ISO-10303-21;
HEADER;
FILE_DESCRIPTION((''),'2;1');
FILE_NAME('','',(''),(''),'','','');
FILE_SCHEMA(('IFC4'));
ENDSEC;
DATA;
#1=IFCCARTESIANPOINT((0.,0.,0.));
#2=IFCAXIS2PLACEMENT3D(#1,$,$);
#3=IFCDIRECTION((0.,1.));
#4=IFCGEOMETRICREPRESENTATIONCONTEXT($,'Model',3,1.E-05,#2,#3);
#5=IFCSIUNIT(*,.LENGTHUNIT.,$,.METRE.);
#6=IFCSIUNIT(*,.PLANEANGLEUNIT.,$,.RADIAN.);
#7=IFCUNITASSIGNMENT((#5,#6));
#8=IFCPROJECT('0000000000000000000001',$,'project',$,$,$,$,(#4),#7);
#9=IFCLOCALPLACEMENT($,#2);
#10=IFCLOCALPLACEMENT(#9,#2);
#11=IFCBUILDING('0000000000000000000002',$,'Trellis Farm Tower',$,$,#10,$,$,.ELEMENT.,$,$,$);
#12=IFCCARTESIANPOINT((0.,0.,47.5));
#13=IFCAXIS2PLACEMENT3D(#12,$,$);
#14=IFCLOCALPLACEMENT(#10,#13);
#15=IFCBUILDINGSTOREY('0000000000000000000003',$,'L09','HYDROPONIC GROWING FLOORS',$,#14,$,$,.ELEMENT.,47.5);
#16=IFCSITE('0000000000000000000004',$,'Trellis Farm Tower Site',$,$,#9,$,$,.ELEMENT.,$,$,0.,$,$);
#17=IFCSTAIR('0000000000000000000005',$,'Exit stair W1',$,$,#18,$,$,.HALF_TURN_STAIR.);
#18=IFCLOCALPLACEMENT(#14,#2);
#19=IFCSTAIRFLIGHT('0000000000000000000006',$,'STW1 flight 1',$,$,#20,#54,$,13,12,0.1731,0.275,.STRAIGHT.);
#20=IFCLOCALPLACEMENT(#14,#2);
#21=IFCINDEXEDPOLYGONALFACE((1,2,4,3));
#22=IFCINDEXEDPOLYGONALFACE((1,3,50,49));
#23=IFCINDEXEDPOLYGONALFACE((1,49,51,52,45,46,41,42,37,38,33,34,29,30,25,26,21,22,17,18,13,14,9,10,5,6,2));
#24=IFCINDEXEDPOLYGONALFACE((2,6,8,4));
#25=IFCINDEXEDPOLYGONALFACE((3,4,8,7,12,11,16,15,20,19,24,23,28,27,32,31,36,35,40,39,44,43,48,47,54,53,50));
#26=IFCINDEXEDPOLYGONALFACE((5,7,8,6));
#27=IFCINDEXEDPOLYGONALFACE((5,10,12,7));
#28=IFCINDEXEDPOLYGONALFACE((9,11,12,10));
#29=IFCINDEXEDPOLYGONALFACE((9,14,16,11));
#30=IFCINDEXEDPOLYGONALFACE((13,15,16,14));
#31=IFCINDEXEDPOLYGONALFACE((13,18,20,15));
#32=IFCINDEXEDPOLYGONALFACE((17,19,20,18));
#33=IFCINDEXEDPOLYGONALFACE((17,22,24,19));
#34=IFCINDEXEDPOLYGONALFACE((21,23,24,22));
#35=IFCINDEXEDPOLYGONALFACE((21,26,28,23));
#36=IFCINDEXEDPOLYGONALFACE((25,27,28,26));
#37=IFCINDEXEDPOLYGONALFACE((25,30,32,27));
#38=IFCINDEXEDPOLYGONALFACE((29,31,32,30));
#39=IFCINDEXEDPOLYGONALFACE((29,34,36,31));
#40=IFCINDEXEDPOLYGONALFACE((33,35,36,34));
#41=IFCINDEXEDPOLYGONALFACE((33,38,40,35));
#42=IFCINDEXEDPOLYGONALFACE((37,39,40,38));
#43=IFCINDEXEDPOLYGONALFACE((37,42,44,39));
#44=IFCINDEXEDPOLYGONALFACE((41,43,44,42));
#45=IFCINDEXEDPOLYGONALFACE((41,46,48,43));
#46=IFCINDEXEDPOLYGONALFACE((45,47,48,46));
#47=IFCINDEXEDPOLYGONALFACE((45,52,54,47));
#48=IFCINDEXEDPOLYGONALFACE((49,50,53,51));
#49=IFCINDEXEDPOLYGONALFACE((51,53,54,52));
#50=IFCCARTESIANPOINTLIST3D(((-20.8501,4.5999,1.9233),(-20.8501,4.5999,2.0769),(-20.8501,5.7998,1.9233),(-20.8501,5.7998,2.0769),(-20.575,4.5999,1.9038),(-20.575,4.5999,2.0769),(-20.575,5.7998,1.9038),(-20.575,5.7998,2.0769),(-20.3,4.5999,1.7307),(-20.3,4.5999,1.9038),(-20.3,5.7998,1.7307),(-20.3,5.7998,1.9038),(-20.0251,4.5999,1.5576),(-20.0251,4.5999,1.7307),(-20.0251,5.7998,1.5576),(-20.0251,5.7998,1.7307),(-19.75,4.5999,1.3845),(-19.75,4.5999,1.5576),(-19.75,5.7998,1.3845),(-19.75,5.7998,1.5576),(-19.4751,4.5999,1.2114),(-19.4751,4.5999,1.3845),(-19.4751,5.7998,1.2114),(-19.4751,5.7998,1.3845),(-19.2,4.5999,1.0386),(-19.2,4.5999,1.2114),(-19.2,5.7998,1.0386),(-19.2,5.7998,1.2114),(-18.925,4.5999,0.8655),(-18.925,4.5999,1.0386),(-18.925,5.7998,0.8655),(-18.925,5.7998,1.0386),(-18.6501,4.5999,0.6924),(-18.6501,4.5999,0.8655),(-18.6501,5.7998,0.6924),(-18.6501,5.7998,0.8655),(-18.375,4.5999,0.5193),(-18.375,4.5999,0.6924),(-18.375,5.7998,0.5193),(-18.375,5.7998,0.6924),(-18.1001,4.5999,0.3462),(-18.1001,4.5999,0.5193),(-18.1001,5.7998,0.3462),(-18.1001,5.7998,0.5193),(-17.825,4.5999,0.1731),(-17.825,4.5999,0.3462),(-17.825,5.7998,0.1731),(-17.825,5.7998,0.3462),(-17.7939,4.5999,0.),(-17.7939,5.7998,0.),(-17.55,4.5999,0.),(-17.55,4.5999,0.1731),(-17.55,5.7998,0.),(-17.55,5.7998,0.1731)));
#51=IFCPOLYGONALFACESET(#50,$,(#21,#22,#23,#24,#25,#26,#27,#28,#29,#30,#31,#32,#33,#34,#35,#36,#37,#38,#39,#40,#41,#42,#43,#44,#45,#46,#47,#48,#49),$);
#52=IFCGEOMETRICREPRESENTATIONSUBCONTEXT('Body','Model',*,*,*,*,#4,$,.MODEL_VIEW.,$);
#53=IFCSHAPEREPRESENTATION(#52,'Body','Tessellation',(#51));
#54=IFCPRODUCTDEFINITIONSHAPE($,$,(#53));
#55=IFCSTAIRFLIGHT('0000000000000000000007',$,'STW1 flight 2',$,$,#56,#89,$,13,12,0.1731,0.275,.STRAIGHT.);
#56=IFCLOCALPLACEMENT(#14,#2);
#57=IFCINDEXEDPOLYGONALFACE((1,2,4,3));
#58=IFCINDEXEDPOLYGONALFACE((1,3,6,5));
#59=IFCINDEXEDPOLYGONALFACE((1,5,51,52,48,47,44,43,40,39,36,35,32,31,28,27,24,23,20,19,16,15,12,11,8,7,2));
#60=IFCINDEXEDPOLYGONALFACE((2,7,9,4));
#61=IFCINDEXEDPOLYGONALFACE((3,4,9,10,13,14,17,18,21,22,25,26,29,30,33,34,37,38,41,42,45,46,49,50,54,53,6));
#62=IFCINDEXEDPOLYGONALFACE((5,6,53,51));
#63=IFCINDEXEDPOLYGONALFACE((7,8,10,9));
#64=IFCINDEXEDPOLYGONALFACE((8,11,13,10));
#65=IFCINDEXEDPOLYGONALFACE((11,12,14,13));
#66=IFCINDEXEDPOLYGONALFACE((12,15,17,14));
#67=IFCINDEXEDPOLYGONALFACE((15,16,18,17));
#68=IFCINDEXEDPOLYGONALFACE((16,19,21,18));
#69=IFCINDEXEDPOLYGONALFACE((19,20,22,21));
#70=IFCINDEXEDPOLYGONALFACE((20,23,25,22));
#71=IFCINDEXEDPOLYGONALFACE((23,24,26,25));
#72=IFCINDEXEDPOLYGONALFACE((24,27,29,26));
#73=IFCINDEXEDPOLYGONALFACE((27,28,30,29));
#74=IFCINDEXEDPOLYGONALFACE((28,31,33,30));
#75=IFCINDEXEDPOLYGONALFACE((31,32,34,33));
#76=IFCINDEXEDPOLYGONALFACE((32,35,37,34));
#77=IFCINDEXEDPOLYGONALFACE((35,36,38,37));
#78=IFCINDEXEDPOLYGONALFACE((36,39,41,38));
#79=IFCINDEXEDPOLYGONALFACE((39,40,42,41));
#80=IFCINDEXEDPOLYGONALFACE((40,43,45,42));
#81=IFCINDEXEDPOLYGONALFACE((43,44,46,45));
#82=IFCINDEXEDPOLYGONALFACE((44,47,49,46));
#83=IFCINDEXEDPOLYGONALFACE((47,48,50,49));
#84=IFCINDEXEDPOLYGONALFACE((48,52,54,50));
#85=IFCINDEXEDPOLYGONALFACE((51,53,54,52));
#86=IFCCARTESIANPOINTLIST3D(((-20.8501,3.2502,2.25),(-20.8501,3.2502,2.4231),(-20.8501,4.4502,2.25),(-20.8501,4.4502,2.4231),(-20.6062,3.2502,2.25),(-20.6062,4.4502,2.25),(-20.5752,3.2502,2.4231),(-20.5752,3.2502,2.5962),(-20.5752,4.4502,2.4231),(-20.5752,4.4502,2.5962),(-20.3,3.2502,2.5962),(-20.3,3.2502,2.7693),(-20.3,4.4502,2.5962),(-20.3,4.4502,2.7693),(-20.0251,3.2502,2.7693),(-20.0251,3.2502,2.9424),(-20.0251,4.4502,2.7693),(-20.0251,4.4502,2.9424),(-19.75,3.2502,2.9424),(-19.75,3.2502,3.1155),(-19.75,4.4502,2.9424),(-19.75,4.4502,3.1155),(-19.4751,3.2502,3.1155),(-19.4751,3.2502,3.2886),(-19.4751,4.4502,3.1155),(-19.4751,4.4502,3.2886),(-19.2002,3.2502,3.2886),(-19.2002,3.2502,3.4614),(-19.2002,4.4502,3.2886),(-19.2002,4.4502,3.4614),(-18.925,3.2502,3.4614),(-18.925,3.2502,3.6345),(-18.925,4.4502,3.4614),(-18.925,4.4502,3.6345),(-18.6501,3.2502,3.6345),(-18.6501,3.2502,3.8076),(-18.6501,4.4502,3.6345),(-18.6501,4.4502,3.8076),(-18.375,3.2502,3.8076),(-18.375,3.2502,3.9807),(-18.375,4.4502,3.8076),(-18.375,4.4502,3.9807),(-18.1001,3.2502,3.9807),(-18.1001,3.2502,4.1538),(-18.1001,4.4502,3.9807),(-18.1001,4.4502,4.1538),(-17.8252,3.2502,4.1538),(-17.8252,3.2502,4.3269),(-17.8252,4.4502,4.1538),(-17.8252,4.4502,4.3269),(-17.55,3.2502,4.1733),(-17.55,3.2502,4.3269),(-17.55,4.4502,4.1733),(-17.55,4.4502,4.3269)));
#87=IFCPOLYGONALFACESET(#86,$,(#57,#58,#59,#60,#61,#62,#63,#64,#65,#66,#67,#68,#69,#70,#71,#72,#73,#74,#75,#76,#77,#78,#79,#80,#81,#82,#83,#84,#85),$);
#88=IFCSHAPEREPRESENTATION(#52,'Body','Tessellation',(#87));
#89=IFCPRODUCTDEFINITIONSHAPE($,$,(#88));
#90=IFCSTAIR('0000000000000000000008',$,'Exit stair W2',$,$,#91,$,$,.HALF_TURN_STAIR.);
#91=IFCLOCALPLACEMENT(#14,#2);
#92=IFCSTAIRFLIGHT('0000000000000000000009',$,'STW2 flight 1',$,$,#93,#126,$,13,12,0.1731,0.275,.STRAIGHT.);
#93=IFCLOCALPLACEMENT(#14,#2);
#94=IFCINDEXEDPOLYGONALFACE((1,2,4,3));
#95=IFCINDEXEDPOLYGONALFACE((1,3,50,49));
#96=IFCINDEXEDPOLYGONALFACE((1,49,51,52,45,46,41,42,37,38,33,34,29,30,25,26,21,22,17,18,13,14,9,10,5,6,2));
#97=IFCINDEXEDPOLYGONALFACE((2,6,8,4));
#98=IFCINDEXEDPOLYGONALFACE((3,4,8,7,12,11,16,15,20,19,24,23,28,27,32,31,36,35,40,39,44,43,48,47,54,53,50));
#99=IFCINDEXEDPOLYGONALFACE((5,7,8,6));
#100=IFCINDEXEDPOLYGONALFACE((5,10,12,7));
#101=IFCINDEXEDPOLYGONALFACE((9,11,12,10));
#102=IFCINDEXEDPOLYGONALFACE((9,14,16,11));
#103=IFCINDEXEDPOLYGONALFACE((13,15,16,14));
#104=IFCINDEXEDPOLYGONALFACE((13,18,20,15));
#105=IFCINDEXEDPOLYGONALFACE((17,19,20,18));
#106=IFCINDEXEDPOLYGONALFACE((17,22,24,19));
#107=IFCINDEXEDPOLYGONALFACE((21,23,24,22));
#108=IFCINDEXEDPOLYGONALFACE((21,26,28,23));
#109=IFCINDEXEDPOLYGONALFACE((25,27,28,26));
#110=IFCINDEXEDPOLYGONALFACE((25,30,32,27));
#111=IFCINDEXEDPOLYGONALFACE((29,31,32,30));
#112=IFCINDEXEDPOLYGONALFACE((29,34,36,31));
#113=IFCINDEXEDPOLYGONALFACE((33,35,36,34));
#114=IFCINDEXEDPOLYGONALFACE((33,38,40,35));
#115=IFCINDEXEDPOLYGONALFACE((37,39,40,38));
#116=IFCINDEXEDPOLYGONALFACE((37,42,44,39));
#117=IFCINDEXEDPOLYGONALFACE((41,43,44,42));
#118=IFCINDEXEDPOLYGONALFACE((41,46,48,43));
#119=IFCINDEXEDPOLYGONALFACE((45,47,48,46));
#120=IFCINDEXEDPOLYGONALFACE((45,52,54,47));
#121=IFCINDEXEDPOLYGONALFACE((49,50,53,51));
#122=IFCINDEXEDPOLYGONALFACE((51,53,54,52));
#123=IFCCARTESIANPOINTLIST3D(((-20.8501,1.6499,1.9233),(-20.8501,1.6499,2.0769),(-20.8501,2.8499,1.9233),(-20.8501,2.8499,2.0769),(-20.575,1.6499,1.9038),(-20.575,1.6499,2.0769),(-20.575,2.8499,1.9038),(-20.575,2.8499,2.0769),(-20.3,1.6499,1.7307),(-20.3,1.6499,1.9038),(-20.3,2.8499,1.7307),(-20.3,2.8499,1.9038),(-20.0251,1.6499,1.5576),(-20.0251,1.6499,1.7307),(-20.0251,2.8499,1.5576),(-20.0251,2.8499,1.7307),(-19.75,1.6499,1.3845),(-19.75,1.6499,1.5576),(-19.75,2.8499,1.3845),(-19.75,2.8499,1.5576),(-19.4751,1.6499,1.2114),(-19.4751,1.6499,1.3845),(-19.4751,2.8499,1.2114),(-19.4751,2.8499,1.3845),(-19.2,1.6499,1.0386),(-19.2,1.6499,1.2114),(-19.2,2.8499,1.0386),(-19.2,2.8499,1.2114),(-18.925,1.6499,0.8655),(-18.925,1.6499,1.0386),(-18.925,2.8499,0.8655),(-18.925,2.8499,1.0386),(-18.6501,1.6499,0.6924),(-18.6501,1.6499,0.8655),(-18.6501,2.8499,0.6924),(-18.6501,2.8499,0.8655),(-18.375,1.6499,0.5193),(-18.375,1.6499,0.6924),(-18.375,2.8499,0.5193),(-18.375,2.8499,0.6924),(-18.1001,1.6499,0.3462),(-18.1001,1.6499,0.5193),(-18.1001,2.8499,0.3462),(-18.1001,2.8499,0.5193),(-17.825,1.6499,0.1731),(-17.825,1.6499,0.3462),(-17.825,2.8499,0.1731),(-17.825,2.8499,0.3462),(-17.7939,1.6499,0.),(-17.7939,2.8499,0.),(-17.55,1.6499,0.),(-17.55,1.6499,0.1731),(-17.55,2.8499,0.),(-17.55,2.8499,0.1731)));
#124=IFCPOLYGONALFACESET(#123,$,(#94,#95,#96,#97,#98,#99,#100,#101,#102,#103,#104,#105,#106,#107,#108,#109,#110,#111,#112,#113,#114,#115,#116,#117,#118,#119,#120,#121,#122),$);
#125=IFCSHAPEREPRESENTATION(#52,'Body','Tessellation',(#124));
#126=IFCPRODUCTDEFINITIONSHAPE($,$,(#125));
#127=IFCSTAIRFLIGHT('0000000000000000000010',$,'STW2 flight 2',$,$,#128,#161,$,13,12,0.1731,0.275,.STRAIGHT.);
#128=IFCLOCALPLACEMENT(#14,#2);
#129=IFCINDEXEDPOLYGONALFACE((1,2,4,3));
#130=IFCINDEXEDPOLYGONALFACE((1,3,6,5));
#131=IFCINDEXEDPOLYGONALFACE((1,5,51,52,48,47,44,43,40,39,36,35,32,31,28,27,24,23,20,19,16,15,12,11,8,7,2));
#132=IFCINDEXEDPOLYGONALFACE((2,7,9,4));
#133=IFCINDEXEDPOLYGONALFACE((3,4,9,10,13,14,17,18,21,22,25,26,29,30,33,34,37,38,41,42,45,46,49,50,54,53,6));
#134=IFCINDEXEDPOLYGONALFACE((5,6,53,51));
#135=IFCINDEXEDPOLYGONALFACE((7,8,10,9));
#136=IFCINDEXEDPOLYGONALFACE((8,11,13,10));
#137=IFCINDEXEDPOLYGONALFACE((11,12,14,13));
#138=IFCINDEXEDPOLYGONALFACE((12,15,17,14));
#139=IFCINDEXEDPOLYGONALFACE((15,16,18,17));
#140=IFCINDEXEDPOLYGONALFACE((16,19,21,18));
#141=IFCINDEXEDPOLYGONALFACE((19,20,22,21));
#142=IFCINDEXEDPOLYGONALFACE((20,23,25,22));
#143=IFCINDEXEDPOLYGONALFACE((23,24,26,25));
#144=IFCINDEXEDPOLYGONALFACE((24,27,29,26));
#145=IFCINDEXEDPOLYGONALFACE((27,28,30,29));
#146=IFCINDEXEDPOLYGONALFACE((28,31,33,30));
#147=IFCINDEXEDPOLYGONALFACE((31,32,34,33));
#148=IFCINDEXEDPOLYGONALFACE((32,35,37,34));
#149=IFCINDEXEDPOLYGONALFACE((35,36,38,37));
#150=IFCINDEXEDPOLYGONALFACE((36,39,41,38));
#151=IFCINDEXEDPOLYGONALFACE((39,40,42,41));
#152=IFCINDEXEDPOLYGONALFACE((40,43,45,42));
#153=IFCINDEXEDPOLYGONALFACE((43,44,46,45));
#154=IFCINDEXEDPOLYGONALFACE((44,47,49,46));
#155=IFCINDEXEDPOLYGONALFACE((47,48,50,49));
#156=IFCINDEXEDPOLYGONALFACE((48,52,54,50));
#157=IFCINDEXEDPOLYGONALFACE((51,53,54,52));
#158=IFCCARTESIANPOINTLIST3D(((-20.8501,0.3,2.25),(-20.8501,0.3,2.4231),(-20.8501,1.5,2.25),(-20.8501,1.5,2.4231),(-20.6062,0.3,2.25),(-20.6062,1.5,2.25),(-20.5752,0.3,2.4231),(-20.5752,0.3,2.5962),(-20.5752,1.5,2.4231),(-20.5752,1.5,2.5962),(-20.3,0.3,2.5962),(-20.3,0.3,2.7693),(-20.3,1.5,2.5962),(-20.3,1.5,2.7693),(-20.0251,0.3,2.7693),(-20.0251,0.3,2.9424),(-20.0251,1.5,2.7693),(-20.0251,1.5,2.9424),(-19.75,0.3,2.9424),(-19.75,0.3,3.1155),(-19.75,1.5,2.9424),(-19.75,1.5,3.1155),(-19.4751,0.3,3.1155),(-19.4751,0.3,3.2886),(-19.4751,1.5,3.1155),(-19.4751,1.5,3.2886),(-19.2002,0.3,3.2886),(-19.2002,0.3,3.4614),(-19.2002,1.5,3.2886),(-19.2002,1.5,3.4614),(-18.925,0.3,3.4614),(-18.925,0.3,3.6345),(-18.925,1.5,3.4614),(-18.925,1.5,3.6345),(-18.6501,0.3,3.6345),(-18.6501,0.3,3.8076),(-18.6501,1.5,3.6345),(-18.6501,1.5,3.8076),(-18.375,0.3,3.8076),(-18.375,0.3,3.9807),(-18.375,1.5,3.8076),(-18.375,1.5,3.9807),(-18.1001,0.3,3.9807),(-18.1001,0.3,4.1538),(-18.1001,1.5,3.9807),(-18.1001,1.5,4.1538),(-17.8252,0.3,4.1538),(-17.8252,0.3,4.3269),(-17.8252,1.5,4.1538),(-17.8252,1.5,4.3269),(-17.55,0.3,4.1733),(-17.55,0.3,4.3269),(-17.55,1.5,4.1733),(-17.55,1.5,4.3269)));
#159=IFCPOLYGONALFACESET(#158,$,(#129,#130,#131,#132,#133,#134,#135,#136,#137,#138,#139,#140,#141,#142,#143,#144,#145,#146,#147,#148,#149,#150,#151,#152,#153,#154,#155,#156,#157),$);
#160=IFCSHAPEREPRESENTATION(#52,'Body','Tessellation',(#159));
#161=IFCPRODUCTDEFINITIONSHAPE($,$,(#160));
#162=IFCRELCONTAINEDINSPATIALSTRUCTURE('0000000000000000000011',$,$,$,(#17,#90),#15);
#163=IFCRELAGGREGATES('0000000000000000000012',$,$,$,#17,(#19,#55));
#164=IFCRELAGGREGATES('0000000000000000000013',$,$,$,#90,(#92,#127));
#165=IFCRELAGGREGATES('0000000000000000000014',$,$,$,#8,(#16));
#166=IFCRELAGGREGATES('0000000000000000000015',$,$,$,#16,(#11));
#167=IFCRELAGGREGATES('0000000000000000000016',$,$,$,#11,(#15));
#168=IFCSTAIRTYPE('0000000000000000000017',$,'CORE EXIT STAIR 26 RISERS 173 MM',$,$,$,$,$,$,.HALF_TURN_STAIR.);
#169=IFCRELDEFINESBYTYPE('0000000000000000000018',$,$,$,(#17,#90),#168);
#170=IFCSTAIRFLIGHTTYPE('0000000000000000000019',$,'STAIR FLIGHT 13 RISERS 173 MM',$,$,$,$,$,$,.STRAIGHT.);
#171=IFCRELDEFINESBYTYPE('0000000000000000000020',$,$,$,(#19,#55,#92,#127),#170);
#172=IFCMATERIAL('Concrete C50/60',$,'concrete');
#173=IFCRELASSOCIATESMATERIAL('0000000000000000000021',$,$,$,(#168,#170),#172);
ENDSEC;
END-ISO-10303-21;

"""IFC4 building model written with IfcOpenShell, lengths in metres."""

from ifc_helpers import new_model, si_unit, direction, frame, origin, place, context, subcontext, project, spatial, polyline, outline, extrude, source, transform, mapped, material, type_object, element, aggregate, save


model = new_model("IFC4")

# Units and contexts
model_context = context("Model", 3, precision=1e-05, world=origin(), true_north=direction((0.0, 1.0)))
body_context = subcontext(model_context, "Body", "Model", "MODEL_VIEW")
ifc_project = project(units=[si_unit("LENGTHUNIT", "METRE"), si_unit("PLANEANGLEUNIT", "RADIAN")], contexts=[model_context])

# Site, building, storey
site_placement = place(None, origin())
site = spatial("IfcSite", under=ifc_project, at=site_placement, Name="Trellis Farm Tower Site", CompositionType="ELEMENT", RefElevation=0.0)
building_placement = place(site_placement, origin())
building = spatial("IfcBuilding", under=site, at=building_placement, Name="Trellis Farm Tower", CompositionType="ELEMENT")
storey_placement = place(building_placement, frame((0.0, 0.0, 47.5)))
storey = spatial("IfcBuildingStorey", under=building, at=storey_placement, Name="L09", Description="HYDROPONIC GROWING FLOORS", CompositionType="ELEMENT", Elevation=47.5)

# Shared definitions
placement = place(storey_placement, origin())

# Stairs, stair flights
ifc_material_1 = material(Name="Concrete C50/60", Category="concrete")
stair_type = type_object("IfcStairType", Name="CORE EXIT STAIR 26 RISERS 173 MM", PredefinedType="HALF_TURN_STAIR", material=ifc_material_1)
stair_1 = element("IfcStair", 1, at=placement, inside=storey, type_object=stair_type, Name="Exit stair W1", PredefinedType="HALF_TURN_STAIR")
stair_flight_type = type_object("IfcStairFlightType", Name="STAIR FLIGHT 13 RISERS 173 MM", PredefinedType="STRAIGHT", material=ifc_material_1)
shared_shape_1 = source(origin(), body_context, "Body", "SweptSolid", [
    extrude(outline(polyline([(0.0, 0.0), (0.0, 0.1731), (0.2749, 0.1731), (0.2749, 0.3462), (0.55, 0.3462), (0.55, 0.5193), (0.825, 0.5193), (0.825, 0.6924), (1.1001, 0.6924), (1.1001, 0.8655), (1.375, 0.8655), (1.375, 1.0386), (1.6499, 1.0386), (1.6499, 1.2114), (1.925, 1.2114), (1.925, 1.3845), (2.2, 1.3845), (2.2, 1.5576), (2.4751, 1.5576), (2.4751, 1.7307), (2.75, 1.7307), (2.75, 1.9038), (3.0249, 1.9038), (3.0249, 2.0769), (3.3, 2.0769), (3.3, 2.25), (3.3, 1.9233), (0.2439, 0.0), (0.0, 0.0)])), frame((0.0, 0.6001, 0.0), z_axis=(0.0, -1.0, 0.0), x_axis=(1.0, 0.0, 0.0)), (0.0, 0.0, 1.0), 1.2),
])
stair_flight_1_placement = place(storey_placement, frame((-17.55, 5.2, 0.0), z_axis=(0.0, 0.0, 1.0), x_axis=(-1.0, 0.0, 0.0)))
stair_flight_1 = element("IfcStairFlight", 2, at=stair_flight_1_placement, type_object=stair_flight_type, Name="STW1 flight 1", NumberOfRisers=13, NumberOfTreads=12, PredefinedType="STRAIGHT", RiserHeight=0.1731, TreadLength=0.275, context=body_context, shape_type="MappedRepresentation", body=[
    mapped(shared_shape_1, transform((0.0, 0.0, 0.0))),
])
stair_flight_2_placement = place(storey_placement, frame((-20.8501, 3.8501, 2.25), z_axis=(0.0, 0.0, 1.0), x_axis=(1.0, 0.0, 0.0)))
stair_flight_2 = element("IfcStairFlight", 3, at=stair_flight_2_placement, type_object=stair_flight_type, Name="STW1 flight 2", NumberOfRisers=13, NumberOfTreads=12, PredefinedType="STRAIGHT", RiserHeight=0.1731, TreadLength=0.275, context=body_context, shape_type="MappedRepresentation", body=[
    mapped(shared_shape_1, transform((0.0, 0.0, 0.0))),
])
aggregate(stair_1, [stair_flight_1, stair_flight_2])
stair_2 = element("IfcStair", 4, at=placement, inside=storey, type_object=stair_type, Name="Exit stair W2", PredefinedType="HALF_TURN_STAIR")
stair_flight_3_placement = place(storey_placement, frame((-17.55, 2.25, 0.0), z_axis=(0.0, 0.0, 1.0), x_axis=(-1.0, 0.0, 0.0)))
stair_flight_3 = element("IfcStairFlight", 5, at=stair_flight_3_placement, type_object=stair_flight_type, Name="STW2 flight 1", NumberOfRisers=13, NumberOfTreads=12, PredefinedType="STRAIGHT", RiserHeight=0.1731, TreadLength=0.275, context=body_context, shape_type="MappedRepresentation", body=[
    mapped(shared_shape_1, transform((0.0, 0.0, 0.0))),
])
stair_flight_4_placement = place(storey_placement, frame((-20.8501, 0.8999, 2.25), z_axis=(0.0, 0.0, 1.0), x_axis=(1.0, 0.0, 0.0)))
stair_flight_4 = element("IfcStairFlight", 6, at=stair_flight_4_placement, type_object=stair_flight_type, Name="STW2 flight 2", NumberOfRisers=13, NumberOfTreads=12, PredefinedType="STRAIGHT", RiserHeight=0.1731, TreadLength=0.275, context=body_context, shape_type="MappedRepresentation", body=[
    mapped(shared_shape_1, transform((0.0, 0.0, 0.0))),
])
aggregate(stair_2, [stair_flight_3, stair_flight_4])

save(model, "model.ifc")
